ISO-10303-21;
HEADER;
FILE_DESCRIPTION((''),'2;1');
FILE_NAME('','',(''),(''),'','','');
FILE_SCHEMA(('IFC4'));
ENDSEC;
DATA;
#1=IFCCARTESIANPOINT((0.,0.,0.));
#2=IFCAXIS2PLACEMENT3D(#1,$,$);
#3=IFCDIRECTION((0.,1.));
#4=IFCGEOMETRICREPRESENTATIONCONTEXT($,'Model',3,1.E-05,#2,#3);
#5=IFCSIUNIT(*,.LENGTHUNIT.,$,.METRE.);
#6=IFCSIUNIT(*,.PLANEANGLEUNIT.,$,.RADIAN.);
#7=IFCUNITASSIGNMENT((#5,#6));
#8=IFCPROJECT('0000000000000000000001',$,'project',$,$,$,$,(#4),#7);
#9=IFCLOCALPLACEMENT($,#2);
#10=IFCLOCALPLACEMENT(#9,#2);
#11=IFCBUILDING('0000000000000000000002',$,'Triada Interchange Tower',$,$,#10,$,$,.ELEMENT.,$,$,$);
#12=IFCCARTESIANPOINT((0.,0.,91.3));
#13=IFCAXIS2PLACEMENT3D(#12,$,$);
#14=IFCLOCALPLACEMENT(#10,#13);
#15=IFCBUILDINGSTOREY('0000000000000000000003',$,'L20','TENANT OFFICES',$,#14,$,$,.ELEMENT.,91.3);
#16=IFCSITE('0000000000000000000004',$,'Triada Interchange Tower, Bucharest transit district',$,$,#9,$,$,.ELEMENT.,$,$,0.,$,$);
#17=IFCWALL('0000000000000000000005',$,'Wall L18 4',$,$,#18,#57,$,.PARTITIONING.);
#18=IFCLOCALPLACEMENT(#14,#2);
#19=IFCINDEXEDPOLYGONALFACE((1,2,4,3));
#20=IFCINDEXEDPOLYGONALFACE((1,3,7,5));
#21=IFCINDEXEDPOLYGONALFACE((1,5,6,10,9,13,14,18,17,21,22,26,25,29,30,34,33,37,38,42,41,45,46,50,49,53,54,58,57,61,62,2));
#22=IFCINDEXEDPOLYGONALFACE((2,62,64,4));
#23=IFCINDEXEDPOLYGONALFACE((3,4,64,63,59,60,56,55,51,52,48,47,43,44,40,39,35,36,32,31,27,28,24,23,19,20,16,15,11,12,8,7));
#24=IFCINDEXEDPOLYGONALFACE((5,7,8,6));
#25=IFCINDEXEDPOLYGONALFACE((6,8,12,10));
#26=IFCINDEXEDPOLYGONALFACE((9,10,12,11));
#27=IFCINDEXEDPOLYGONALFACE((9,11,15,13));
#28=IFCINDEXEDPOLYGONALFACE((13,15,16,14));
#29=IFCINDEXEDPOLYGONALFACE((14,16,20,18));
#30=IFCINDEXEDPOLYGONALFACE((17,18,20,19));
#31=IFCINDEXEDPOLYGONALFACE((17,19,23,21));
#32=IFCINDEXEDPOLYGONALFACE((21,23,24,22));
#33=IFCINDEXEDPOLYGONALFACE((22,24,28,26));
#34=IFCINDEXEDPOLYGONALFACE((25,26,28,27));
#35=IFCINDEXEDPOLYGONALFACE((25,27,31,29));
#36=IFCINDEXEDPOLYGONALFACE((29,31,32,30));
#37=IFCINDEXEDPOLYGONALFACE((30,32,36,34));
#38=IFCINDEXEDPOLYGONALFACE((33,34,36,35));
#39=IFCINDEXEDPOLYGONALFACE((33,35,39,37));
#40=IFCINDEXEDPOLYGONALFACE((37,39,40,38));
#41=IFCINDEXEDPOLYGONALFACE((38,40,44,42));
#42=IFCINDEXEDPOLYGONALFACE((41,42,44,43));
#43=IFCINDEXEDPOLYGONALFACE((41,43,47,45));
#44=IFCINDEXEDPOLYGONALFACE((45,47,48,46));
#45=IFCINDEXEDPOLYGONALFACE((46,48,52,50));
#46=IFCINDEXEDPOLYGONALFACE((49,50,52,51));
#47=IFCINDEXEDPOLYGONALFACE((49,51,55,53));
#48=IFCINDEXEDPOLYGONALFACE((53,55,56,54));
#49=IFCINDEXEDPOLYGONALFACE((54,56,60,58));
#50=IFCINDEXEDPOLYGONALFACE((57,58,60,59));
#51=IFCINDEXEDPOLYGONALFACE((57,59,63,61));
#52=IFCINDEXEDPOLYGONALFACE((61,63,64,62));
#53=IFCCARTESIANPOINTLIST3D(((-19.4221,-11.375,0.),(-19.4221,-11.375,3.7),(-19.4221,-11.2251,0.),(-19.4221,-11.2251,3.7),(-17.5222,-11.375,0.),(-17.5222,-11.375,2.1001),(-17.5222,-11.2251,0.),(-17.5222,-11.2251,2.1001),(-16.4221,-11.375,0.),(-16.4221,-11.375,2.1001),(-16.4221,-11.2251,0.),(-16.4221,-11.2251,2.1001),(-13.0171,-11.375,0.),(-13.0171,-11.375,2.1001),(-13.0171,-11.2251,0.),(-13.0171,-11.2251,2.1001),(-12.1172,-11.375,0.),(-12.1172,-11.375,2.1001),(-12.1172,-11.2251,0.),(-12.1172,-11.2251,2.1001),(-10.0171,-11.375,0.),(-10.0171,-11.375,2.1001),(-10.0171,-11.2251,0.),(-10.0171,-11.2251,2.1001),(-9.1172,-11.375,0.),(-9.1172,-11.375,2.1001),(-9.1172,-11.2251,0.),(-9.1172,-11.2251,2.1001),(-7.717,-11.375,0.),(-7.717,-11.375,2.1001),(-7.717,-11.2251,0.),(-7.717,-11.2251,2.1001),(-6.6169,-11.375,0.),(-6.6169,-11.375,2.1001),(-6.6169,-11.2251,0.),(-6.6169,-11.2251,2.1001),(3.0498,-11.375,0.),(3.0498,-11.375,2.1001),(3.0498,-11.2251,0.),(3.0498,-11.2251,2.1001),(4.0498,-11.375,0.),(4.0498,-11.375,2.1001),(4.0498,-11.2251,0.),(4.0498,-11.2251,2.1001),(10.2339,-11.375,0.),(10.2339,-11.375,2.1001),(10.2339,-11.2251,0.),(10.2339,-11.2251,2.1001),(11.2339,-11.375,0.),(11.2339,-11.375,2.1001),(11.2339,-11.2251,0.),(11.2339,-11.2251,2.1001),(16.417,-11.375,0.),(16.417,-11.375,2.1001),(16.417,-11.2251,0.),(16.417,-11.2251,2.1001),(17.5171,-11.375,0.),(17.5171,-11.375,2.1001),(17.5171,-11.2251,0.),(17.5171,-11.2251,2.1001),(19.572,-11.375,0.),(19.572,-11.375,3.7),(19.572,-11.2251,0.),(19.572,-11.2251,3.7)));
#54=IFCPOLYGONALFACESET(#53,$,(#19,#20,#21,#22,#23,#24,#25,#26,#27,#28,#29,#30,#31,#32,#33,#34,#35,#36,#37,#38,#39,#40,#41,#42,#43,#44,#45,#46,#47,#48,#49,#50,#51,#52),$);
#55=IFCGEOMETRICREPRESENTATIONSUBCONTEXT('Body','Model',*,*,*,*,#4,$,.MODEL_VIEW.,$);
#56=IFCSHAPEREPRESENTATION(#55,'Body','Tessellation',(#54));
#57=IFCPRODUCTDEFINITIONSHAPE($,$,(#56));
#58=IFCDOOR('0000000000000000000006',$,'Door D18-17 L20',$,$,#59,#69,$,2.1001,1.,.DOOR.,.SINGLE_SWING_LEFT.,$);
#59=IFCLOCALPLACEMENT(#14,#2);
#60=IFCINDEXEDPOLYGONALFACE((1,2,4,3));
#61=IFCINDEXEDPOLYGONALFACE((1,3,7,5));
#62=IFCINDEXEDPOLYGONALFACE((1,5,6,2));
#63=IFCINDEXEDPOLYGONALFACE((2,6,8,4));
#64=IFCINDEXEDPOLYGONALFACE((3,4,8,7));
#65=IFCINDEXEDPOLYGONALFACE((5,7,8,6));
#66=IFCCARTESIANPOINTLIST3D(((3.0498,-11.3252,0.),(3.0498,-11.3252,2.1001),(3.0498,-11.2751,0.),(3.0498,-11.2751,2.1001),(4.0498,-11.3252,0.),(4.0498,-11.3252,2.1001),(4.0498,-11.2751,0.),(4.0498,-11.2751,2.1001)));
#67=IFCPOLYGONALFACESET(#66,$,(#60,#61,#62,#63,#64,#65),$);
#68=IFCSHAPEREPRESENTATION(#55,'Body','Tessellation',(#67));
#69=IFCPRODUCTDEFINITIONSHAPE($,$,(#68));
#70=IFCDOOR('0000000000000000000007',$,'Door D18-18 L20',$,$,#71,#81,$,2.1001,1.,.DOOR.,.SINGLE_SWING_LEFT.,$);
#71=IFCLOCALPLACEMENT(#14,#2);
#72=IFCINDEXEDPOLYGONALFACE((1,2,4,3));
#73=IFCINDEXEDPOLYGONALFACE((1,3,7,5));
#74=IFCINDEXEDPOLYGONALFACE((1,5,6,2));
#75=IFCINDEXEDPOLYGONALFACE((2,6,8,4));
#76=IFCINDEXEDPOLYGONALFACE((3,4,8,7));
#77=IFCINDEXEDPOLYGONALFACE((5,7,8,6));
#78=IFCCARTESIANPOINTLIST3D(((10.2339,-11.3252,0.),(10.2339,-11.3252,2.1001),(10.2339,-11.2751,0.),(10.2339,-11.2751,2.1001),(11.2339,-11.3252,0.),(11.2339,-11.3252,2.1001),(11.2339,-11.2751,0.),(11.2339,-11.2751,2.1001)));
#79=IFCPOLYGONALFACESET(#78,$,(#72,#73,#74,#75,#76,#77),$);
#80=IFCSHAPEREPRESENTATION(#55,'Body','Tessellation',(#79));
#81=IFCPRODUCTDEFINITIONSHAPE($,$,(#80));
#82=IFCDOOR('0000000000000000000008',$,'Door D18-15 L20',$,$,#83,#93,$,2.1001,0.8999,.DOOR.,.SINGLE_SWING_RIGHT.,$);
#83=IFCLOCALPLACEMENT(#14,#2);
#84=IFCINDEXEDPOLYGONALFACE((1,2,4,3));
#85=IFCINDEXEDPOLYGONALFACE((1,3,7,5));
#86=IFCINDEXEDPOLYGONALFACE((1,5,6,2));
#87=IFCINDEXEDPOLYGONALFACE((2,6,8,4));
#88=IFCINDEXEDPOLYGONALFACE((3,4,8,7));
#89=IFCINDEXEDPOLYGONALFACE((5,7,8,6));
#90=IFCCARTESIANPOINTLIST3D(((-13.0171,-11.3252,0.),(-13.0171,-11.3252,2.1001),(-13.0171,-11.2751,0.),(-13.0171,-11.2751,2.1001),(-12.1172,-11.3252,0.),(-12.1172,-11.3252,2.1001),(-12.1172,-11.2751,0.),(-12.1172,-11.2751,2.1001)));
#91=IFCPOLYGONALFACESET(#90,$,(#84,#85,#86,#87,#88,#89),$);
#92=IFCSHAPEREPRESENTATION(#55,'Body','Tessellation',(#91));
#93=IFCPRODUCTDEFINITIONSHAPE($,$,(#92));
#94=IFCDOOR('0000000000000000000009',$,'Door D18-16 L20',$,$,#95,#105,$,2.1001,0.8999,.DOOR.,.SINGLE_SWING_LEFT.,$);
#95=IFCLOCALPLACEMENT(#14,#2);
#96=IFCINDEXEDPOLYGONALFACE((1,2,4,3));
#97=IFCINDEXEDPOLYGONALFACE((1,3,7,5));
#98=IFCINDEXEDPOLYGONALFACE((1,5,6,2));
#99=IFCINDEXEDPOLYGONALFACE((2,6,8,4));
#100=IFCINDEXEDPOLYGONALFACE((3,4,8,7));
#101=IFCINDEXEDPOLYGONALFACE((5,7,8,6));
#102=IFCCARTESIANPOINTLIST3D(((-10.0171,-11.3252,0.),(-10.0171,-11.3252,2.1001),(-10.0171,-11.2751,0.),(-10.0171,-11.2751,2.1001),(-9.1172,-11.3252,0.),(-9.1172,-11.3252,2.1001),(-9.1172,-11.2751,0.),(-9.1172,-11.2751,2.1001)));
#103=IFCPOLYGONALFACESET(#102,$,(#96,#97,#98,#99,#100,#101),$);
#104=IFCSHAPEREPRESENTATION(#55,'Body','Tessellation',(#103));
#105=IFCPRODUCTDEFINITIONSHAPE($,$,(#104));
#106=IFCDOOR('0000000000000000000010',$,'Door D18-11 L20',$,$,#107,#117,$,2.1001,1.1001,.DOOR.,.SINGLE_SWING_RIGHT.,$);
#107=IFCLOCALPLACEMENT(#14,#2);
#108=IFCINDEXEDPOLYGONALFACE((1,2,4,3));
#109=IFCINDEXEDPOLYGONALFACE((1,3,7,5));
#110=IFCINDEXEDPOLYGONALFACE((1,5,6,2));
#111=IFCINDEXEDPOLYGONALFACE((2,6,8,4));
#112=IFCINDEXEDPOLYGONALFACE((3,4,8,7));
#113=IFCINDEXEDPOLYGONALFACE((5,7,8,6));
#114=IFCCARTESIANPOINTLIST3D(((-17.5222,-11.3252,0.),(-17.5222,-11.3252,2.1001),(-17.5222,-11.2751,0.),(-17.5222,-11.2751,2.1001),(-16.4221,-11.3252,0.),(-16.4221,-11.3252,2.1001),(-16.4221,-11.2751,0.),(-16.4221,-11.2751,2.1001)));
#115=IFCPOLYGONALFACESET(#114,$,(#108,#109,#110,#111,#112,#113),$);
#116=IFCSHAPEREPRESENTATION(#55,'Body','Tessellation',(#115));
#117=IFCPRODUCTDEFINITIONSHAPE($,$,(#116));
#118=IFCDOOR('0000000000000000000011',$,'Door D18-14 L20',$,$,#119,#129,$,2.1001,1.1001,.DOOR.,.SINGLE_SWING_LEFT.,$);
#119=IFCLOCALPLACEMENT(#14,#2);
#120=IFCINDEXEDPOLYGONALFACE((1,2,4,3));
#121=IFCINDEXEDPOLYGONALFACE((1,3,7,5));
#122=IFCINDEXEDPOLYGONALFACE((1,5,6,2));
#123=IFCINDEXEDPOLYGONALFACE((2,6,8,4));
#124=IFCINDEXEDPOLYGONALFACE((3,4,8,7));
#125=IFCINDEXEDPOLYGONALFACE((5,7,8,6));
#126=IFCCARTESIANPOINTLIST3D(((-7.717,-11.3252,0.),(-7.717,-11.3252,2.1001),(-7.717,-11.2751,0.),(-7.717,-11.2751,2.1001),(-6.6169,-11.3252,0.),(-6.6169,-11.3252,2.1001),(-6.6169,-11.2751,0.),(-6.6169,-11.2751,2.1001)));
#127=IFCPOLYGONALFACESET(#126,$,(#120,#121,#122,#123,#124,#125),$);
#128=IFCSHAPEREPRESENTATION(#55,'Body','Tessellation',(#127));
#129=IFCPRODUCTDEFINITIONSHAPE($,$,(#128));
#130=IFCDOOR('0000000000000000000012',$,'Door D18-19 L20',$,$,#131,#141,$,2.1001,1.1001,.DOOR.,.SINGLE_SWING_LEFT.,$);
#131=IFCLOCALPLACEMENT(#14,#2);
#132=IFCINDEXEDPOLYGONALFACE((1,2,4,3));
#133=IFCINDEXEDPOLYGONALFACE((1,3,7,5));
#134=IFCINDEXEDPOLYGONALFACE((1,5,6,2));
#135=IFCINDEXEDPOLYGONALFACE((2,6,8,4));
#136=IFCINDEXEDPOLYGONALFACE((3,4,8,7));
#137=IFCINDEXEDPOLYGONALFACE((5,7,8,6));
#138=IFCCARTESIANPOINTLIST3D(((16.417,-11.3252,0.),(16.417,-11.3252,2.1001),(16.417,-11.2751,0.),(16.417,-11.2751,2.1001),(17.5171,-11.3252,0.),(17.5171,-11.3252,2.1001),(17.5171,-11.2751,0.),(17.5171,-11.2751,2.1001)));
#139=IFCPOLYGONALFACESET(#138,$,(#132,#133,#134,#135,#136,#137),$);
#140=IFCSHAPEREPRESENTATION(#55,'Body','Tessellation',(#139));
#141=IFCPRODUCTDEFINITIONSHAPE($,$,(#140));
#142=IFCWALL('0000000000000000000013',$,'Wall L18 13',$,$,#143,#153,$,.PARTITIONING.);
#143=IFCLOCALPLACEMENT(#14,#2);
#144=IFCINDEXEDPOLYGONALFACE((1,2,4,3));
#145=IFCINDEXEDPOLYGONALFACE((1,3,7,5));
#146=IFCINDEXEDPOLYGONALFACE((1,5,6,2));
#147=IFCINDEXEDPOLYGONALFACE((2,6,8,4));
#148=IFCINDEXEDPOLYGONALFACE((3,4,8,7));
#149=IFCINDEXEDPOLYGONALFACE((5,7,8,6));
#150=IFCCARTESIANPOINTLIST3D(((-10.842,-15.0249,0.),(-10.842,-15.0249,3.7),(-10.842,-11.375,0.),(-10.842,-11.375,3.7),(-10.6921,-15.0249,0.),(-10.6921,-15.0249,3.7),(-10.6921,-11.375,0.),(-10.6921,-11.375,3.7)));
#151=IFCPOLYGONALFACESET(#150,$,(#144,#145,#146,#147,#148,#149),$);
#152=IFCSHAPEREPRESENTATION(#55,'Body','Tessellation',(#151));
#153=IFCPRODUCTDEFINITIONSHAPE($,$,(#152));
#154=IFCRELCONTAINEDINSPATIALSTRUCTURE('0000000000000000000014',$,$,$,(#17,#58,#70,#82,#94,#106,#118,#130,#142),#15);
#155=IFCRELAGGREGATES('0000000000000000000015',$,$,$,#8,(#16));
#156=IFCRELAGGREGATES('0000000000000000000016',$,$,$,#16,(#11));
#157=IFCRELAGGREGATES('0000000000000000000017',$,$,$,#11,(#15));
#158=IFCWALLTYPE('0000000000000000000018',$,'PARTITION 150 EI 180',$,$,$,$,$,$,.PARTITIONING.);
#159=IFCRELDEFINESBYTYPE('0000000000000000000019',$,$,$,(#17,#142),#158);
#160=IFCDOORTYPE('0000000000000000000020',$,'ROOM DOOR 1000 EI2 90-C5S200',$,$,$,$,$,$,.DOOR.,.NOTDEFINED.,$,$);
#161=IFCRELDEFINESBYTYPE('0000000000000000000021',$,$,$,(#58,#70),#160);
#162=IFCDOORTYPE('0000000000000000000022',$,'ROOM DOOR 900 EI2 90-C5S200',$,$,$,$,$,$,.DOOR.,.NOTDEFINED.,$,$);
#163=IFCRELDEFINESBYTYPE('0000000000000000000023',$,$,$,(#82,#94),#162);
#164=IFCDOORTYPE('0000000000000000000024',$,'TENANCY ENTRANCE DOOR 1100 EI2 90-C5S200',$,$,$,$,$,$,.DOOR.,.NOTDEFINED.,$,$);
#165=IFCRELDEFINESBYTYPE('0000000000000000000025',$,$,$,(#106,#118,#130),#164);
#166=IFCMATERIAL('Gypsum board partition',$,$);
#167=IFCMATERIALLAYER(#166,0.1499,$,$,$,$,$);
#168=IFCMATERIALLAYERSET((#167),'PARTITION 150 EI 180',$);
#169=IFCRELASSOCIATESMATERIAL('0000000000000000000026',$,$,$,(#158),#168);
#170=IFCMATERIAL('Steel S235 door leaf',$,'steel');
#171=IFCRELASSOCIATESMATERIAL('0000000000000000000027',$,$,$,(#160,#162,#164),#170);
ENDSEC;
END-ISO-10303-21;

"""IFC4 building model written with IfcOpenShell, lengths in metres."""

from ifc_helpers import new_model, si_unit, direction, frame, frame_2d, origin, place, context, subcontext, project, spatial, rectangle, extrude, material, layer, layer_set, type_object, element, fill, save


model = new_model("IFC4")

# Units and contexts
model_context = context("Model", 3, precision=1e-05, world=origin(), true_north=direction((0.0, 1.0)))
body_context = subcontext(model_context, "Body", "Model", "MODEL_VIEW")
ifc_project = project(units=[si_unit("LENGTHUNIT", "METRE"), si_unit("PLANEANGLEUNIT", "RADIAN")], contexts=[model_context])

# Site, building, storey
site_placement = place(None, origin())
site = spatial("IfcSite", under=ifc_project, at=site_placement, Name="Triada Interchange Tower, Bucharest transit district", CompositionType="ELEMENT", RefElevation=0.0)
building_placement = place(site_placement, origin())
building = spatial("IfcBuilding", under=site, at=building_placement, Name="Triada Interchange Tower", CompositionType="ELEMENT")
storey_placement = place(building_placement, frame((0.0, 0.0, 91.3)))
storey = spatial("IfcBuildingStorey", under=building, at=storey_placement, Name="L20", Description="TENANT OFFICES", CompositionType="ELEMENT", Elevation=91.3)

# Wall, openings, doors
ifc_material_1 = material(Name="Gypsum board partition")
ifc_layer_1 = layer(ifc_material_1, 0.1499)
ifc_layer_set_1 = layer_set([ifc_layer_1], Name="PARTITION 150 EI 180")
wall_type_1 = type_object("IfcWallType", Name="PARTITION 150 EI 180", PredefinedType="PARTITIONING", material=ifc_layer_set_1)
ifc_material_2 = material(Name="Steel S235 door leaf", Category="steel")
door_type_1 = type_object("IfcDoorType", Name="ROOM DOOR 1000 EI2 90-C5S200", OperationType="NOTDEFINED", PredefinedType="DOOR", material=ifc_material_2)
door_type_2 = type_object("IfcDoorType", Name="ROOM DOOR 900 EI2 90-C5S200", OperationType="NOTDEFINED", PredefinedType="DOOR", material=ifc_material_2)
door_type_3 = type_object("IfcDoorType", Name="TENANCY ENTRANCE DOOR 1100 EI2 90-C5S200", OperationType="NOTDEFINED", PredefinedType="DOOR", material=ifc_material_2)
wall_1_placement = place(storey_placement, frame((-19.4221, -11.3, 0.0), z_axis=(0.0, 0.0, 1.0), x_axis=(1.0, 0.0, 0.0)))
wall_1 = element("IfcWall", 1, at=wall_1_placement, inside=storey, type_object=wall_type_1, Name="Wall L18 4", PredefinedType="PARTITIONING", context=body_context, shape_type="SweptSolid", body=[
    extrude(rectangle(XDim=38.9941, YDim=0.1499, at=frame_2d((19.4971, 0.0))), origin(), (0.0, 0.0, 1.0), 3.7),
])
opening_1_placement = place(wall_1_placement, frame((1.8999, 0.0, 0.0)))
opening_1 = element("IfcOpeningElement", 2, at=opening_1_placement, cuts=wall_1, PredefinedType="OPENING", context=body_context, shape_type="SweptSolid", body=[
    extrude(rectangle(XDim=1.1001, YDim=2.1001, at=frame_2d((0.55, 1.05))), frame((0.0, 0.085, 0.0), z_axis=(0.0, -1.0, 0.0), x_axis=(1.0, 0.0, 0.0)), (0.0, 0.0, 1.0), 0.1699),
])
opening_2_placement = place(wall_1_placement, frame((11.7051, 0.0, 0.0)))
opening_2 = element("IfcOpeningElement", 3, at=opening_2_placement, cuts=wall_1, PredefinedType="OPENING", context=body_context, shape_type="SweptSolid", body=[
    extrude(rectangle(XDim=1.1001, YDim=2.1001, at=frame_2d((0.55, 1.05))), frame((0.0, 0.085, 0.0), z_axis=(0.0, -1.0, 0.0), x_axis=(1.0, 0.0, 0.0)), (0.0, 0.0, 1.0), 0.1699),
])
opening_3_placement = place(wall_1_placement, frame((6.405, 0.0, 0.0)))
opening_3 = element("IfcOpeningElement", 4, at=opening_3_placement, cuts=wall_1, PredefinedType="OPENING", context=body_context, shape_type="SweptSolid", body=[
    extrude(rectangle(XDim=0.8999, YDim=2.1001, at=frame_2d((0.45, 1.05))), frame((0.0, 0.085, 0.0), z_axis=(0.0, -1.0, 0.0), x_axis=(1.0, 0.0, 0.0)), (0.0, 0.0, 1.0), 0.1699),
])
opening_4_placement = place(wall_1_placement, frame((9.405, 0.0, 0.0)))
opening_4 = element("IfcOpeningElement", 5, at=opening_4_placement, cuts=wall_1, PredefinedType="OPENING", context=body_context, shape_type="SweptSolid", body=[
    extrude(rectangle(XDim=0.8999, YDim=2.1001, at=frame_2d((0.45, 1.05))), frame((0.0, 0.085, 0.0), z_axis=(0.0, -1.0, 0.0), x_axis=(1.0, 0.0, 0.0)), (0.0, 0.0, 1.0), 0.1699),
])
opening_5_placement = place(wall_1_placement, frame((22.4719, 0.0, 0.0)))
opening_5 = element("IfcOpeningElement", 6, at=opening_5_placement, cuts=wall_1, PredefinedType="OPENING", context=body_context, shape_type="SweptSolid", body=[
    extrude(rectangle(XDim=1.0, YDim=2.1001, at=frame_2d((0.5, 1.05))), frame((0.0, 0.085, 0.0), z_axis=(0.0, -1.0, 0.0), x_axis=(1.0, 0.0, 0.0)), (0.0, 0.0, 1.0), 0.1699),
])
opening_6_placement = place(wall_1_placement, frame((29.656, 0.0, 0.0)))
opening_6 = element("IfcOpeningElement", 7, at=opening_6_placement, cuts=wall_1, PredefinedType="OPENING", context=body_context, shape_type="SweptSolid", body=[
    extrude(rectangle(XDim=1.0, YDim=2.1001, at=frame_2d((0.5, 1.05))), frame((0.0, 0.085, 0.0), z_axis=(0.0, -1.0, 0.0), x_axis=(1.0, 0.0, 0.0)), (0.0, 0.0, 1.0), 0.1699),
])
opening_7_placement = place(wall_1_placement, frame((35.8391, 0.0, 0.0)))
opening_7 = element("IfcOpeningElement", 8, at=opening_7_placement, cuts=wall_1, PredefinedType="OPENING", context=body_context, shape_type="SweptSolid", body=[
    extrude(rectangle(XDim=1.1001, YDim=2.1001, at=frame_2d((0.55, 1.05))), frame((0.0, 0.085, 0.0), z_axis=(0.0, -1.0, 0.0), x_axis=(1.0, 0.0, 0.0)), (0.0, 0.0, 1.0), 0.1699),
])
door_1_placement = place(opening_5_placement, origin())
door_1 = element("IfcDoor", 9, at=door_1_placement, inside=storey, type_object=door_type_1, Name="Door D18-17 L20", OperationType="SINGLE_SWING_LEFT", OverallHeight=2.1001, OverallWidth=1.0, PredefinedType="DOOR", context=body_context, shape_type="SweptSolid", body=[
    extrude(rectangle(XDim=1.0, YDim=2.1001, at=frame_2d((0.5, 1.05))), frame((0.0, 0.0249, 0.0), z_axis=(0.0, -1.0, 0.0), x_axis=(1.0, 0.0, 0.0)), (0.0, 0.0, 1.0), 0.05),
])
fill(opening_5, door_1)
door_2_placement = place(opening_6_placement, origin())
door_2 = element("IfcDoor", 10, at=door_2_placement, inside=storey, type_object=door_type_1, Name="Door D18-18 L20", OperationType="SINGLE_SWING_LEFT", OverallHeight=2.1001, OverallWidth=1.0, PredefinedType="DOOR", context=body_context, shape_type="SweptSolid", body=[
    extrude(rectangle(XDim=1.0, YDim=2.1001, at=frame_2d((0.5, 1.05))), frame((0.0, 0.0249, 0.0), z_axis=(0.0, -1.0, 0.0), x_axis=(1.0, 0.0, 0.0)), (0.0, 0.0, 1.0), 0.05),
])
fill(opening_6, door_2)
door_3_placement = place(opening_3_placement, origin())
door_3 = element("IfcDoor", 11, at=door_3_placement, inside=storey, type_object=door_type_2, Name="Door D18-15 L20", OperationType="SINGLE_SWING_RIGHT", OverallHeight=2.1001, OverallWidth=0.8999, PredefinedType="DOOR", context=body_context, shape_type="SweptSolid", body=[
    extrude(rectangle(XDim=0.8999, YDim=2.1001, at=frame_2d((0.45, 1.05))), frame((0.0, 0.0249, 0.0), z_axis=(0.0, -1.0, 0.0), x_axis=(1.0, 0.0, 0.0)), (0.0, 0.0, 1.0), 0.05),
])
fill(opening_3, door_3)
door_4_placement = place(opening_4_placement, origin())
door_4 = element("IfcDoor", 12, at=door_4_placement, inside=storey, type_object=door_type_2, Name="Door D18-16 L20", OperationType="SINGLE_SWING_LEFT", OverallHeight=2.1001, OverallWidth=0.8999, PredefinedType="DOOR", context=body_context, shape_type="SweptSolid", body=[
    extrude(rectangle(XDim=0.8999, YDim=2.1001, at=frame_2d((0.45, 1.05))), frame((0.0, 0.0249, 0.0), z_axis=(0.0, -1.0, 0.0), x_axis=(1.0, 0.0, 0.0)), (0.0, 0.0, 1.0), 0.05),
])
fill(opening_4, door_4)
door_5_placement = place(opening_1_placement, origin())
door_5 = element("IfcDoor", 13, at=door_5_placement, inside=storey, type_object=door_type_3, Name="Door D18-11 L20", OperationType="SINGLE_SWING_RIGHT", OverallHeight=2.1001, OverallWidth=1.1001, PredefinedType="DOOR", context=body_context, shape_type="SweptSolid", body=[
    extrude(rectangle(XDim=1.1001, YDim=2.1001, at=frame_2d((0.55, 1.05))), frame((0.0, 0.0249, 0.0), z_axis=(0.0, -1.0, 0.0), x_axis=(1.0, 0.0, 0.0)), (0.0, 0.0, 1.0), 0.05),
])
fill(opening_1, door_5)
door_6_placement = place(opening_2_placement, origin())
door_6 = element("IfcDoor", 14, at=door_6_placement, inside=storey, type_object=door_type_3, Name="Door D18-14 L20", OperationType="SINGLE_SWING_LEFT", OverallHeight=2.1001, OverallWidth=1.1001, PredefinedType="DOOR", context=body_context, shape_type="SweptSolid", body=[
    extrude(rectangle(XDim=1.1001, YDim=2.1001, at=frame_2d((0.55, 1.05))), frame((0.0, 0.0249, 0.0), z_axis=(0.0, -1.0, 0.0), x_axis=(1.0, 0.0, 0.0)), (0.0, 0.0, 1.0), 0.05),
])
fill(opening_2, door_6)
door_7_placement = place(opening_7_placement, origin())
door_7 = element("IfcDoor", 15, at=door_7_placement, inside=storey, type_object=door_type_3, Name="Door D18-19 L20", OperationType="SINGLE_SWING_LEFT", OverallHeight=2.1001, OverallWidth=1.1001, PredefinedType="DOOR", context=body_context, shape_type="SweptSolid", body=[
    extrude(rectangle(XDim=1.1001, YDim=2.1001, at=frame_2d((0.55, 1.05))), frame((0.0, 0.0249, 0.0), z_axis=(0.0, -1.0, 0.0), x_axis=(1.0, 0.0, 0.0)), (0.0, 0.0, 1.0), 0.05),
])
fill(opening_7, door_7)

# Wall
wall_2_placement = place(storey_placement, frame((-10.7671, -15.0249, 0.0), z_axis=(0.0, 0.0, 1.0), x_axis=(0.0, 1.0, 0.0)))
element("IfcWall", 16, at=wall_2_placement, inside=storey, type_object=wall_type_1, Name="Wall L18 13", PredefinedType="PARTITIONING", context=body_context, shape_type="SweptSolid", body=[
    extrude(rectangle(XDim=3.6499, YDim=0.1499, at=frame_2d((1.825, 0.0))), origin(), (0.0, 0.0, 1.0), 3.7),
])

save(model, "model.ifc")
